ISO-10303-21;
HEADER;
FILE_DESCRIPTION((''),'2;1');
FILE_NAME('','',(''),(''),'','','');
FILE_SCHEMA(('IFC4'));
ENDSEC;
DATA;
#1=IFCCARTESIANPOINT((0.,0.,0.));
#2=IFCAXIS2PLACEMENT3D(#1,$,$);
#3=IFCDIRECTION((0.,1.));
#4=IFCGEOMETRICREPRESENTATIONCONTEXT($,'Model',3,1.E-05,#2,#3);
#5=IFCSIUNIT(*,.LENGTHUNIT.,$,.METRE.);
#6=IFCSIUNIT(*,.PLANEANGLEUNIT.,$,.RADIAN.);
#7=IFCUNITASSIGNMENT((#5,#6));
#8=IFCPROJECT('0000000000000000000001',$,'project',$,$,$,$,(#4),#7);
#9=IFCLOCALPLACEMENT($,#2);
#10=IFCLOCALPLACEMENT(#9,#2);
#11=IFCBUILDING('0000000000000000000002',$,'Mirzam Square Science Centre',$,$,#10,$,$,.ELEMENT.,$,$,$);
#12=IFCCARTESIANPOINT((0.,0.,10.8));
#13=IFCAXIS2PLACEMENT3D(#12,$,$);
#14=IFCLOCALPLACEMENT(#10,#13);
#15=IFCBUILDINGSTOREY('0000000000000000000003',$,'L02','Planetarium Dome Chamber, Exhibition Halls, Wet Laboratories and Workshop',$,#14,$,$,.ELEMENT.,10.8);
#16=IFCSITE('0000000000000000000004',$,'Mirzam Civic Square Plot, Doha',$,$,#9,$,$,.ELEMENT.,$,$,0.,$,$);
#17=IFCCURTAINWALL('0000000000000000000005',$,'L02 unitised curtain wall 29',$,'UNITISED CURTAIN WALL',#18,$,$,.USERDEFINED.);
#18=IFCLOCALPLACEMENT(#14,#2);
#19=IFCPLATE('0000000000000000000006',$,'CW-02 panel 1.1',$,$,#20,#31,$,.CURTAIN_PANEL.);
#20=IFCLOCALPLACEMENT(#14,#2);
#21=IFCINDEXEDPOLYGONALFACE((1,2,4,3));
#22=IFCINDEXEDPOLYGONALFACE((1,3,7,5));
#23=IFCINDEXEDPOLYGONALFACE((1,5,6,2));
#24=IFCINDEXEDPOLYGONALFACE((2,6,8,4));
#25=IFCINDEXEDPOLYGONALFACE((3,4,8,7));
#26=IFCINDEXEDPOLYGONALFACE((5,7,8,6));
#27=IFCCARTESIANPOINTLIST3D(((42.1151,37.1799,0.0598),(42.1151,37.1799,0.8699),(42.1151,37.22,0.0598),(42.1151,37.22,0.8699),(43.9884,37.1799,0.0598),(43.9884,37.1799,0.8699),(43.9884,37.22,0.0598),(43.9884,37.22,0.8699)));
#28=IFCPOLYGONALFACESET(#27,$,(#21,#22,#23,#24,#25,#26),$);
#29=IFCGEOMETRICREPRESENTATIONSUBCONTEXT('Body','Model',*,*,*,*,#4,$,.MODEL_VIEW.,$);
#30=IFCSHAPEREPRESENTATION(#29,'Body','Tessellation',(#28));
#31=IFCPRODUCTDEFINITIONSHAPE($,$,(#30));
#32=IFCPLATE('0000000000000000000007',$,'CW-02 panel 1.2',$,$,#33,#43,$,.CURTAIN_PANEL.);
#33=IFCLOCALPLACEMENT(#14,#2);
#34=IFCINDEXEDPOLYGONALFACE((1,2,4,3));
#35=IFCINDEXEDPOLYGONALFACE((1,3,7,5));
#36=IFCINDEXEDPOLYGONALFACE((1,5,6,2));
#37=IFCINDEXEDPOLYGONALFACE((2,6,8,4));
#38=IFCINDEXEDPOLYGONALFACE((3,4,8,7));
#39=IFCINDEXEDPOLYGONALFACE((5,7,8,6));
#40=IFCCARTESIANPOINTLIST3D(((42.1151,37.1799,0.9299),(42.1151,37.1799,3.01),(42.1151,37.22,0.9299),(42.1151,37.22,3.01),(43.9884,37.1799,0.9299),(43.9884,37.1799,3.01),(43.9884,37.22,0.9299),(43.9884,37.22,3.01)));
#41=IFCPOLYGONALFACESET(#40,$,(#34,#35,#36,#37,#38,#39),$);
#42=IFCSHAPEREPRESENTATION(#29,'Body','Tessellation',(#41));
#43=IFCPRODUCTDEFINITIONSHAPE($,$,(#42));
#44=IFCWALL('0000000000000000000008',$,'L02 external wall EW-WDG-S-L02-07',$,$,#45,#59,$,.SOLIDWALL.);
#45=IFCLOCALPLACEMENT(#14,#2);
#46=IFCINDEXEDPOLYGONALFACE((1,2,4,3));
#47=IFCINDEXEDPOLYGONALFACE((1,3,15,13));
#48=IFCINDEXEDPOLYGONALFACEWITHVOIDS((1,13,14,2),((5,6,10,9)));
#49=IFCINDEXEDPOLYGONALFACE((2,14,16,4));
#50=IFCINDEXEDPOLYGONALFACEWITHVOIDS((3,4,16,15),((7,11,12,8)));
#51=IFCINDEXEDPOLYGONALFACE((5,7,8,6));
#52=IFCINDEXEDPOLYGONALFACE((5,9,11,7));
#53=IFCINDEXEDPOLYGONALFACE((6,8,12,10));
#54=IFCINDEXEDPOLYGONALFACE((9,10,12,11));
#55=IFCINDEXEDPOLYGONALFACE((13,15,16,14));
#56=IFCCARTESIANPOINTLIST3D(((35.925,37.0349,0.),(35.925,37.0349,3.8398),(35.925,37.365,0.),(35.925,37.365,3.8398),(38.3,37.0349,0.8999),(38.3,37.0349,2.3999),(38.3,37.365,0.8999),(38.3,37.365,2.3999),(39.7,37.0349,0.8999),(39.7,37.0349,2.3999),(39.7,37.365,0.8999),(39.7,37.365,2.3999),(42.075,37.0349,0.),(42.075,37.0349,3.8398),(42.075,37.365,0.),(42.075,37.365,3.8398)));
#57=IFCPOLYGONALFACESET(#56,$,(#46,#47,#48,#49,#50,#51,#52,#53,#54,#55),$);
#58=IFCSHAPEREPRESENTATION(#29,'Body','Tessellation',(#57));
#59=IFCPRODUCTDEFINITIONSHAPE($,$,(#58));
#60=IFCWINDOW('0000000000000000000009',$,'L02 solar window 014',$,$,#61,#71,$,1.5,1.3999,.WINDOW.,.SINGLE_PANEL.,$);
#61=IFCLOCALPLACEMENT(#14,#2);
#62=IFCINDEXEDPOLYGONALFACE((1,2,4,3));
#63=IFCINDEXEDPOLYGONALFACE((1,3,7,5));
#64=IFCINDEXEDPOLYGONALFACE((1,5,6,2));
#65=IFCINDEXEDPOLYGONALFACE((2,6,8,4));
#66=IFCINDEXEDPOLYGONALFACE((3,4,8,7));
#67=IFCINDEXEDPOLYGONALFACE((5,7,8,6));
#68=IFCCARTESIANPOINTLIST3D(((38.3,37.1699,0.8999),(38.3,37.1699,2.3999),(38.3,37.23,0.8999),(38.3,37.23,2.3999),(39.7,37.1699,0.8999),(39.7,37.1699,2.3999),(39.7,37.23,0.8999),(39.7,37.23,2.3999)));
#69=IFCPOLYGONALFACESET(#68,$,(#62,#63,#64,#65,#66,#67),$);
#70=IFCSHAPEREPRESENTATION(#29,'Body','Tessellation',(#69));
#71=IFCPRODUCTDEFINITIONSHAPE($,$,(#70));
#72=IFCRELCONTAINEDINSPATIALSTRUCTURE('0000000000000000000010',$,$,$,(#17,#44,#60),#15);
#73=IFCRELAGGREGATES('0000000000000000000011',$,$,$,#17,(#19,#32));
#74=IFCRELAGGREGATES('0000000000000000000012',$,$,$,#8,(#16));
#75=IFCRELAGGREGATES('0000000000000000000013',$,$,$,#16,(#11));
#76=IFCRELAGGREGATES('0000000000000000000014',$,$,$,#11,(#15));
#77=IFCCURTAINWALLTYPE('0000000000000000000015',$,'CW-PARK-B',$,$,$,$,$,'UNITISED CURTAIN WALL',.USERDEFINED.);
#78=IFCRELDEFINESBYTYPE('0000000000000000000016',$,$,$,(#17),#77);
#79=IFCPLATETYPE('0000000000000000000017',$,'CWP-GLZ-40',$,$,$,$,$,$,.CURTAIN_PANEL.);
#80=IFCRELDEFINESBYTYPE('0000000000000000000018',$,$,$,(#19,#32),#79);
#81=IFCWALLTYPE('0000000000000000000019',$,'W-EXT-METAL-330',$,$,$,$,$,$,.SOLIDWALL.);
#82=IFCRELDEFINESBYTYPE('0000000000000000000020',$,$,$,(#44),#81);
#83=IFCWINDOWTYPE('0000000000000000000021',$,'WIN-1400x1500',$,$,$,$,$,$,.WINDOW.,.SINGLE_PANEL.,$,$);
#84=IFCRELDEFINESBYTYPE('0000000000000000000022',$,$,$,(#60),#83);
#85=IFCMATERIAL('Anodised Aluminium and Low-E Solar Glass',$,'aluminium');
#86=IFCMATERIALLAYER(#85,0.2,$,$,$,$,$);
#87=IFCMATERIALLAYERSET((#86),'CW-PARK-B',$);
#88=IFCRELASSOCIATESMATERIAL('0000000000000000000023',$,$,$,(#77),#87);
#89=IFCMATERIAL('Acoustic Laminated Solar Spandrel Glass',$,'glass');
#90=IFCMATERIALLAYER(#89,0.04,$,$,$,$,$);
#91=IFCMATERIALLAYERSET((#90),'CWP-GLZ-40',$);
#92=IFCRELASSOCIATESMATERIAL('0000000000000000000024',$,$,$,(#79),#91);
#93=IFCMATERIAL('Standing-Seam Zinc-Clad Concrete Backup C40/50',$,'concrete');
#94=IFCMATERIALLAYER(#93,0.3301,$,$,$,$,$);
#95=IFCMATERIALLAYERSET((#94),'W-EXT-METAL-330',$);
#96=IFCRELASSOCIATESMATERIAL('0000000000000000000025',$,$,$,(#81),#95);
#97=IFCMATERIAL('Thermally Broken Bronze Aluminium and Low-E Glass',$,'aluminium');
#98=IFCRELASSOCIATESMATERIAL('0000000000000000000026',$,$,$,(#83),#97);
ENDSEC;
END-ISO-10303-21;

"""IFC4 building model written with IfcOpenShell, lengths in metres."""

from ifc_helpers import new_model, si_unit, direction, frame, frame_2d, origin, origin_2d, place, context, subcontext, project, spatial, rectangle, extrude, material, layer, layer_set, type_object, element, fill, aggregate, save


model = new_model("IFC4")

# Units and contexts
model_context = context("Model", 3, precision=1e-05, world=origin(), true_north=direction((0.0, 1.0)))
body_context = subcontext(model_context, "Body", "Model", "MODEL_VIEW")
ifc_project = project(units=[si_unit("LENGTHUNIT", "METRE"), si_unit("PLANEANGLEUNIT", "RADIAN")], contexts=[model_context])

# Site, building, storey
site_placement = place(None, origin())
site = spatial("IfcSite", under=ifc_project, at=site_placement, Name="Mirzam Civic Square Plot, Doha", CompositionType="ELEMENT", RefElevation=0.0)
building_placement = place(site_placement, origin())
building = spatial("IfcBuilding", under=site, at=building_placement, Name="Mirzam Square Science Centre", CompositionType="ELEMENT")
storey_placement = place(building_placement, frame((0.0, 0.0, 10.8)))
storey = spatial("IfcBuildingStorey", under=building, at=storey_placement, Name="L02", Description="Planetarium Dome Chamber, Exhibition Halls, Wet Laboratories and Workshop", CompositionType="ELEMENT", Elevation=10.8)

# Curtain wall
ifc_material_1 = material(Name="Anodised Aluminium and Low-E Solar Glass", Category="aluminium")
ifc_layer_1 = layer(ifc_material_1, 0.2)
ifc_layer_set_1 = layer_set([ifc_layer_1], Name="CW-PARK-B")
curtain_wall_type_1 = type_object("IfcCurtainWallType", Name="CW-PARK-B", ElementType="UNITISED CURTAIN WALL", PredefinedType="USERDEFINED", material=ifc_layer_set_1)
curtain_wall_1_placement = place(storey_placement, origin())
curtain_wall_1 = element("IfcCurtainWall", 1, at=curtain_wall_1_placement, inside=storey, type_object=curtain_wall_type_1, Name="L02 unitised curtain wall 29", ObjectType="UNITISED CURTAIN WALL", PredefinedType="USERDEFINED")

# Plates
ifc_material_2 = material(Name="Acoustic Laminated Solar Spandrel Glass", Category="glass")
ifc_layer_2 = layer(ifc_material_2, 0.04)
ifc_layer_set_2 = layer_set([ifc_layer_2], Name="CWP-GLZ-40")
plate_type_1 = type_object("IfcPlateType", Name="CWP-GLZ-40", PredefinedType="CURTAIN_PANEL", material=ifc_layer_set_2)
plate_1_placement = place(storey_placement, frame((43.0518, 37.2, 0.0598), z_axis=(0.0, 0.0, 1.0), x_axis=(1.0, 0.0, 0.0)))
plate_1 = element("IfcPlate", 2, at=plate_1_placement, type_object=plate_type_1, Name="CW-02 panel 1.1", PredefinedType="CURTAIN_PANEL", context=body_context, shape_type="SweptSolid", body=[
    extrude(rectangle(XDim=1.8733, YDim=0.04, at=origin_2d()), origin(), (0.0, 0.0, 1.0), 0.8101),
])
plate_2_placement = place(storey_placement, frame((43.0518, 37.2, 0.9299), z_axis=(0.0, 0.0, 1.0), x_axis=(1.0, 0.0, 0.0)))
plate_2 = element("IfcPlate", 3, at=plate_2_placement, type_object=plate_type_1, Name="CW-02 panel 1.2", PredefinedType="CURTAIN_PANEL", context=body_context, shape_type="SweptSolid", body=[
    extrude(rectangle(XDim=1.8733, YDim=0.04, at=origin_2d()), origin(), (0.0, 0.0, 1.0), 2.0801),
])
aggregate(curtain_wall_1, [plate_1, plate_2])

# Wall, opening, window
ifc_material_3 = material(Name="Standing-Seam Zinc-Clad Concrete Backup C40/50", Category="concrete")
ifc_layer_3 = layer(ifc_material_3, 0.3301)
ifc_layer_set_3 = layer_set([ifc_layer_3], Name="W-EXT-METAL-330")
wall_type = type_object("IfcWallType", Name="W-EXT-METAL-330", PredefinedType="SOLIDWALL", material=ifc_layer_set_3)
wall_placement = place(storey_placement, frame((35.925, 37.2, 0.0), z_axis=(0.0, 0.0, 1.0), x_axis=(1.0, 0.0, 0.0)))
wall = element("IfcWall", 4, at=wall_placement, inside=storey, type_object=wall_type, Name="L02 external wall EW-WDG-S-L02-07", PredefinedType="SOLIDWALL", context=body_context, shape_type="SweptSolid", body=[
    extrude(rectangle(XDim=6.1499, YDim=0.3301, at=frame_2d((3.075, 0.0))), origin(), (0.0, 0.0, 1.0), 3.8398),
])
opening_placement = place(wall_placement, frame((2.375, 0.0, 0.8999)))
opening = element("IfcOpeningElement", 5, at=opening_placement, cuts=wall, PredefinedType="OPENING", context=body_context, shape_type="SweptSolid", body=[
    extrude(rectangle(XDim=1.3999, YDim=1.5, at=frame_2d((0.7, 0.75))), frame((0.0, 0.175, 0.0), z_axis=(0.0, -1.0, 0.0), x_axis=(1.0, 0.0, 0.0)), (0.0, 0.0, 1.0), 0.3501),
])
ifc_material_4 = material(Name="Thermally Broken Bronze Aluminium and Low-E Glass", Category="aluminium")
window_type = type_object("IfcWindowType", Name="WIN-1400x1500", PartitioningType="SINGLE_PANEL", PredefinedType="WINDOW", material=ifc_material_4)
window_placement = place(opening_placement, origin())
window = element("IfcWindow", 6, at=window_placement, inside=storey, type_object=window_type, Name="L02 solar window 014", OverallHeight=1.5, OverallWidth=1.3999, PartitioningType="SINGLE_PANEL", PredefinedType="WINDOW", context=body_context, shape_type="SweptSolid", body=[
    extrude(rectangle(XDim=1.3999, YDim=1.5, at=frame_2d((0.7, 0.75))), frame((0.0, 0.03, 0.0), z_axis=(0.0, -1.0, 0.0), x_axis=(1.0, 0.0, 0.0)), (0.0, 0.0, 1.0), 0.0601),
])
fill(opening, window)

save(model, "model.ifc")
